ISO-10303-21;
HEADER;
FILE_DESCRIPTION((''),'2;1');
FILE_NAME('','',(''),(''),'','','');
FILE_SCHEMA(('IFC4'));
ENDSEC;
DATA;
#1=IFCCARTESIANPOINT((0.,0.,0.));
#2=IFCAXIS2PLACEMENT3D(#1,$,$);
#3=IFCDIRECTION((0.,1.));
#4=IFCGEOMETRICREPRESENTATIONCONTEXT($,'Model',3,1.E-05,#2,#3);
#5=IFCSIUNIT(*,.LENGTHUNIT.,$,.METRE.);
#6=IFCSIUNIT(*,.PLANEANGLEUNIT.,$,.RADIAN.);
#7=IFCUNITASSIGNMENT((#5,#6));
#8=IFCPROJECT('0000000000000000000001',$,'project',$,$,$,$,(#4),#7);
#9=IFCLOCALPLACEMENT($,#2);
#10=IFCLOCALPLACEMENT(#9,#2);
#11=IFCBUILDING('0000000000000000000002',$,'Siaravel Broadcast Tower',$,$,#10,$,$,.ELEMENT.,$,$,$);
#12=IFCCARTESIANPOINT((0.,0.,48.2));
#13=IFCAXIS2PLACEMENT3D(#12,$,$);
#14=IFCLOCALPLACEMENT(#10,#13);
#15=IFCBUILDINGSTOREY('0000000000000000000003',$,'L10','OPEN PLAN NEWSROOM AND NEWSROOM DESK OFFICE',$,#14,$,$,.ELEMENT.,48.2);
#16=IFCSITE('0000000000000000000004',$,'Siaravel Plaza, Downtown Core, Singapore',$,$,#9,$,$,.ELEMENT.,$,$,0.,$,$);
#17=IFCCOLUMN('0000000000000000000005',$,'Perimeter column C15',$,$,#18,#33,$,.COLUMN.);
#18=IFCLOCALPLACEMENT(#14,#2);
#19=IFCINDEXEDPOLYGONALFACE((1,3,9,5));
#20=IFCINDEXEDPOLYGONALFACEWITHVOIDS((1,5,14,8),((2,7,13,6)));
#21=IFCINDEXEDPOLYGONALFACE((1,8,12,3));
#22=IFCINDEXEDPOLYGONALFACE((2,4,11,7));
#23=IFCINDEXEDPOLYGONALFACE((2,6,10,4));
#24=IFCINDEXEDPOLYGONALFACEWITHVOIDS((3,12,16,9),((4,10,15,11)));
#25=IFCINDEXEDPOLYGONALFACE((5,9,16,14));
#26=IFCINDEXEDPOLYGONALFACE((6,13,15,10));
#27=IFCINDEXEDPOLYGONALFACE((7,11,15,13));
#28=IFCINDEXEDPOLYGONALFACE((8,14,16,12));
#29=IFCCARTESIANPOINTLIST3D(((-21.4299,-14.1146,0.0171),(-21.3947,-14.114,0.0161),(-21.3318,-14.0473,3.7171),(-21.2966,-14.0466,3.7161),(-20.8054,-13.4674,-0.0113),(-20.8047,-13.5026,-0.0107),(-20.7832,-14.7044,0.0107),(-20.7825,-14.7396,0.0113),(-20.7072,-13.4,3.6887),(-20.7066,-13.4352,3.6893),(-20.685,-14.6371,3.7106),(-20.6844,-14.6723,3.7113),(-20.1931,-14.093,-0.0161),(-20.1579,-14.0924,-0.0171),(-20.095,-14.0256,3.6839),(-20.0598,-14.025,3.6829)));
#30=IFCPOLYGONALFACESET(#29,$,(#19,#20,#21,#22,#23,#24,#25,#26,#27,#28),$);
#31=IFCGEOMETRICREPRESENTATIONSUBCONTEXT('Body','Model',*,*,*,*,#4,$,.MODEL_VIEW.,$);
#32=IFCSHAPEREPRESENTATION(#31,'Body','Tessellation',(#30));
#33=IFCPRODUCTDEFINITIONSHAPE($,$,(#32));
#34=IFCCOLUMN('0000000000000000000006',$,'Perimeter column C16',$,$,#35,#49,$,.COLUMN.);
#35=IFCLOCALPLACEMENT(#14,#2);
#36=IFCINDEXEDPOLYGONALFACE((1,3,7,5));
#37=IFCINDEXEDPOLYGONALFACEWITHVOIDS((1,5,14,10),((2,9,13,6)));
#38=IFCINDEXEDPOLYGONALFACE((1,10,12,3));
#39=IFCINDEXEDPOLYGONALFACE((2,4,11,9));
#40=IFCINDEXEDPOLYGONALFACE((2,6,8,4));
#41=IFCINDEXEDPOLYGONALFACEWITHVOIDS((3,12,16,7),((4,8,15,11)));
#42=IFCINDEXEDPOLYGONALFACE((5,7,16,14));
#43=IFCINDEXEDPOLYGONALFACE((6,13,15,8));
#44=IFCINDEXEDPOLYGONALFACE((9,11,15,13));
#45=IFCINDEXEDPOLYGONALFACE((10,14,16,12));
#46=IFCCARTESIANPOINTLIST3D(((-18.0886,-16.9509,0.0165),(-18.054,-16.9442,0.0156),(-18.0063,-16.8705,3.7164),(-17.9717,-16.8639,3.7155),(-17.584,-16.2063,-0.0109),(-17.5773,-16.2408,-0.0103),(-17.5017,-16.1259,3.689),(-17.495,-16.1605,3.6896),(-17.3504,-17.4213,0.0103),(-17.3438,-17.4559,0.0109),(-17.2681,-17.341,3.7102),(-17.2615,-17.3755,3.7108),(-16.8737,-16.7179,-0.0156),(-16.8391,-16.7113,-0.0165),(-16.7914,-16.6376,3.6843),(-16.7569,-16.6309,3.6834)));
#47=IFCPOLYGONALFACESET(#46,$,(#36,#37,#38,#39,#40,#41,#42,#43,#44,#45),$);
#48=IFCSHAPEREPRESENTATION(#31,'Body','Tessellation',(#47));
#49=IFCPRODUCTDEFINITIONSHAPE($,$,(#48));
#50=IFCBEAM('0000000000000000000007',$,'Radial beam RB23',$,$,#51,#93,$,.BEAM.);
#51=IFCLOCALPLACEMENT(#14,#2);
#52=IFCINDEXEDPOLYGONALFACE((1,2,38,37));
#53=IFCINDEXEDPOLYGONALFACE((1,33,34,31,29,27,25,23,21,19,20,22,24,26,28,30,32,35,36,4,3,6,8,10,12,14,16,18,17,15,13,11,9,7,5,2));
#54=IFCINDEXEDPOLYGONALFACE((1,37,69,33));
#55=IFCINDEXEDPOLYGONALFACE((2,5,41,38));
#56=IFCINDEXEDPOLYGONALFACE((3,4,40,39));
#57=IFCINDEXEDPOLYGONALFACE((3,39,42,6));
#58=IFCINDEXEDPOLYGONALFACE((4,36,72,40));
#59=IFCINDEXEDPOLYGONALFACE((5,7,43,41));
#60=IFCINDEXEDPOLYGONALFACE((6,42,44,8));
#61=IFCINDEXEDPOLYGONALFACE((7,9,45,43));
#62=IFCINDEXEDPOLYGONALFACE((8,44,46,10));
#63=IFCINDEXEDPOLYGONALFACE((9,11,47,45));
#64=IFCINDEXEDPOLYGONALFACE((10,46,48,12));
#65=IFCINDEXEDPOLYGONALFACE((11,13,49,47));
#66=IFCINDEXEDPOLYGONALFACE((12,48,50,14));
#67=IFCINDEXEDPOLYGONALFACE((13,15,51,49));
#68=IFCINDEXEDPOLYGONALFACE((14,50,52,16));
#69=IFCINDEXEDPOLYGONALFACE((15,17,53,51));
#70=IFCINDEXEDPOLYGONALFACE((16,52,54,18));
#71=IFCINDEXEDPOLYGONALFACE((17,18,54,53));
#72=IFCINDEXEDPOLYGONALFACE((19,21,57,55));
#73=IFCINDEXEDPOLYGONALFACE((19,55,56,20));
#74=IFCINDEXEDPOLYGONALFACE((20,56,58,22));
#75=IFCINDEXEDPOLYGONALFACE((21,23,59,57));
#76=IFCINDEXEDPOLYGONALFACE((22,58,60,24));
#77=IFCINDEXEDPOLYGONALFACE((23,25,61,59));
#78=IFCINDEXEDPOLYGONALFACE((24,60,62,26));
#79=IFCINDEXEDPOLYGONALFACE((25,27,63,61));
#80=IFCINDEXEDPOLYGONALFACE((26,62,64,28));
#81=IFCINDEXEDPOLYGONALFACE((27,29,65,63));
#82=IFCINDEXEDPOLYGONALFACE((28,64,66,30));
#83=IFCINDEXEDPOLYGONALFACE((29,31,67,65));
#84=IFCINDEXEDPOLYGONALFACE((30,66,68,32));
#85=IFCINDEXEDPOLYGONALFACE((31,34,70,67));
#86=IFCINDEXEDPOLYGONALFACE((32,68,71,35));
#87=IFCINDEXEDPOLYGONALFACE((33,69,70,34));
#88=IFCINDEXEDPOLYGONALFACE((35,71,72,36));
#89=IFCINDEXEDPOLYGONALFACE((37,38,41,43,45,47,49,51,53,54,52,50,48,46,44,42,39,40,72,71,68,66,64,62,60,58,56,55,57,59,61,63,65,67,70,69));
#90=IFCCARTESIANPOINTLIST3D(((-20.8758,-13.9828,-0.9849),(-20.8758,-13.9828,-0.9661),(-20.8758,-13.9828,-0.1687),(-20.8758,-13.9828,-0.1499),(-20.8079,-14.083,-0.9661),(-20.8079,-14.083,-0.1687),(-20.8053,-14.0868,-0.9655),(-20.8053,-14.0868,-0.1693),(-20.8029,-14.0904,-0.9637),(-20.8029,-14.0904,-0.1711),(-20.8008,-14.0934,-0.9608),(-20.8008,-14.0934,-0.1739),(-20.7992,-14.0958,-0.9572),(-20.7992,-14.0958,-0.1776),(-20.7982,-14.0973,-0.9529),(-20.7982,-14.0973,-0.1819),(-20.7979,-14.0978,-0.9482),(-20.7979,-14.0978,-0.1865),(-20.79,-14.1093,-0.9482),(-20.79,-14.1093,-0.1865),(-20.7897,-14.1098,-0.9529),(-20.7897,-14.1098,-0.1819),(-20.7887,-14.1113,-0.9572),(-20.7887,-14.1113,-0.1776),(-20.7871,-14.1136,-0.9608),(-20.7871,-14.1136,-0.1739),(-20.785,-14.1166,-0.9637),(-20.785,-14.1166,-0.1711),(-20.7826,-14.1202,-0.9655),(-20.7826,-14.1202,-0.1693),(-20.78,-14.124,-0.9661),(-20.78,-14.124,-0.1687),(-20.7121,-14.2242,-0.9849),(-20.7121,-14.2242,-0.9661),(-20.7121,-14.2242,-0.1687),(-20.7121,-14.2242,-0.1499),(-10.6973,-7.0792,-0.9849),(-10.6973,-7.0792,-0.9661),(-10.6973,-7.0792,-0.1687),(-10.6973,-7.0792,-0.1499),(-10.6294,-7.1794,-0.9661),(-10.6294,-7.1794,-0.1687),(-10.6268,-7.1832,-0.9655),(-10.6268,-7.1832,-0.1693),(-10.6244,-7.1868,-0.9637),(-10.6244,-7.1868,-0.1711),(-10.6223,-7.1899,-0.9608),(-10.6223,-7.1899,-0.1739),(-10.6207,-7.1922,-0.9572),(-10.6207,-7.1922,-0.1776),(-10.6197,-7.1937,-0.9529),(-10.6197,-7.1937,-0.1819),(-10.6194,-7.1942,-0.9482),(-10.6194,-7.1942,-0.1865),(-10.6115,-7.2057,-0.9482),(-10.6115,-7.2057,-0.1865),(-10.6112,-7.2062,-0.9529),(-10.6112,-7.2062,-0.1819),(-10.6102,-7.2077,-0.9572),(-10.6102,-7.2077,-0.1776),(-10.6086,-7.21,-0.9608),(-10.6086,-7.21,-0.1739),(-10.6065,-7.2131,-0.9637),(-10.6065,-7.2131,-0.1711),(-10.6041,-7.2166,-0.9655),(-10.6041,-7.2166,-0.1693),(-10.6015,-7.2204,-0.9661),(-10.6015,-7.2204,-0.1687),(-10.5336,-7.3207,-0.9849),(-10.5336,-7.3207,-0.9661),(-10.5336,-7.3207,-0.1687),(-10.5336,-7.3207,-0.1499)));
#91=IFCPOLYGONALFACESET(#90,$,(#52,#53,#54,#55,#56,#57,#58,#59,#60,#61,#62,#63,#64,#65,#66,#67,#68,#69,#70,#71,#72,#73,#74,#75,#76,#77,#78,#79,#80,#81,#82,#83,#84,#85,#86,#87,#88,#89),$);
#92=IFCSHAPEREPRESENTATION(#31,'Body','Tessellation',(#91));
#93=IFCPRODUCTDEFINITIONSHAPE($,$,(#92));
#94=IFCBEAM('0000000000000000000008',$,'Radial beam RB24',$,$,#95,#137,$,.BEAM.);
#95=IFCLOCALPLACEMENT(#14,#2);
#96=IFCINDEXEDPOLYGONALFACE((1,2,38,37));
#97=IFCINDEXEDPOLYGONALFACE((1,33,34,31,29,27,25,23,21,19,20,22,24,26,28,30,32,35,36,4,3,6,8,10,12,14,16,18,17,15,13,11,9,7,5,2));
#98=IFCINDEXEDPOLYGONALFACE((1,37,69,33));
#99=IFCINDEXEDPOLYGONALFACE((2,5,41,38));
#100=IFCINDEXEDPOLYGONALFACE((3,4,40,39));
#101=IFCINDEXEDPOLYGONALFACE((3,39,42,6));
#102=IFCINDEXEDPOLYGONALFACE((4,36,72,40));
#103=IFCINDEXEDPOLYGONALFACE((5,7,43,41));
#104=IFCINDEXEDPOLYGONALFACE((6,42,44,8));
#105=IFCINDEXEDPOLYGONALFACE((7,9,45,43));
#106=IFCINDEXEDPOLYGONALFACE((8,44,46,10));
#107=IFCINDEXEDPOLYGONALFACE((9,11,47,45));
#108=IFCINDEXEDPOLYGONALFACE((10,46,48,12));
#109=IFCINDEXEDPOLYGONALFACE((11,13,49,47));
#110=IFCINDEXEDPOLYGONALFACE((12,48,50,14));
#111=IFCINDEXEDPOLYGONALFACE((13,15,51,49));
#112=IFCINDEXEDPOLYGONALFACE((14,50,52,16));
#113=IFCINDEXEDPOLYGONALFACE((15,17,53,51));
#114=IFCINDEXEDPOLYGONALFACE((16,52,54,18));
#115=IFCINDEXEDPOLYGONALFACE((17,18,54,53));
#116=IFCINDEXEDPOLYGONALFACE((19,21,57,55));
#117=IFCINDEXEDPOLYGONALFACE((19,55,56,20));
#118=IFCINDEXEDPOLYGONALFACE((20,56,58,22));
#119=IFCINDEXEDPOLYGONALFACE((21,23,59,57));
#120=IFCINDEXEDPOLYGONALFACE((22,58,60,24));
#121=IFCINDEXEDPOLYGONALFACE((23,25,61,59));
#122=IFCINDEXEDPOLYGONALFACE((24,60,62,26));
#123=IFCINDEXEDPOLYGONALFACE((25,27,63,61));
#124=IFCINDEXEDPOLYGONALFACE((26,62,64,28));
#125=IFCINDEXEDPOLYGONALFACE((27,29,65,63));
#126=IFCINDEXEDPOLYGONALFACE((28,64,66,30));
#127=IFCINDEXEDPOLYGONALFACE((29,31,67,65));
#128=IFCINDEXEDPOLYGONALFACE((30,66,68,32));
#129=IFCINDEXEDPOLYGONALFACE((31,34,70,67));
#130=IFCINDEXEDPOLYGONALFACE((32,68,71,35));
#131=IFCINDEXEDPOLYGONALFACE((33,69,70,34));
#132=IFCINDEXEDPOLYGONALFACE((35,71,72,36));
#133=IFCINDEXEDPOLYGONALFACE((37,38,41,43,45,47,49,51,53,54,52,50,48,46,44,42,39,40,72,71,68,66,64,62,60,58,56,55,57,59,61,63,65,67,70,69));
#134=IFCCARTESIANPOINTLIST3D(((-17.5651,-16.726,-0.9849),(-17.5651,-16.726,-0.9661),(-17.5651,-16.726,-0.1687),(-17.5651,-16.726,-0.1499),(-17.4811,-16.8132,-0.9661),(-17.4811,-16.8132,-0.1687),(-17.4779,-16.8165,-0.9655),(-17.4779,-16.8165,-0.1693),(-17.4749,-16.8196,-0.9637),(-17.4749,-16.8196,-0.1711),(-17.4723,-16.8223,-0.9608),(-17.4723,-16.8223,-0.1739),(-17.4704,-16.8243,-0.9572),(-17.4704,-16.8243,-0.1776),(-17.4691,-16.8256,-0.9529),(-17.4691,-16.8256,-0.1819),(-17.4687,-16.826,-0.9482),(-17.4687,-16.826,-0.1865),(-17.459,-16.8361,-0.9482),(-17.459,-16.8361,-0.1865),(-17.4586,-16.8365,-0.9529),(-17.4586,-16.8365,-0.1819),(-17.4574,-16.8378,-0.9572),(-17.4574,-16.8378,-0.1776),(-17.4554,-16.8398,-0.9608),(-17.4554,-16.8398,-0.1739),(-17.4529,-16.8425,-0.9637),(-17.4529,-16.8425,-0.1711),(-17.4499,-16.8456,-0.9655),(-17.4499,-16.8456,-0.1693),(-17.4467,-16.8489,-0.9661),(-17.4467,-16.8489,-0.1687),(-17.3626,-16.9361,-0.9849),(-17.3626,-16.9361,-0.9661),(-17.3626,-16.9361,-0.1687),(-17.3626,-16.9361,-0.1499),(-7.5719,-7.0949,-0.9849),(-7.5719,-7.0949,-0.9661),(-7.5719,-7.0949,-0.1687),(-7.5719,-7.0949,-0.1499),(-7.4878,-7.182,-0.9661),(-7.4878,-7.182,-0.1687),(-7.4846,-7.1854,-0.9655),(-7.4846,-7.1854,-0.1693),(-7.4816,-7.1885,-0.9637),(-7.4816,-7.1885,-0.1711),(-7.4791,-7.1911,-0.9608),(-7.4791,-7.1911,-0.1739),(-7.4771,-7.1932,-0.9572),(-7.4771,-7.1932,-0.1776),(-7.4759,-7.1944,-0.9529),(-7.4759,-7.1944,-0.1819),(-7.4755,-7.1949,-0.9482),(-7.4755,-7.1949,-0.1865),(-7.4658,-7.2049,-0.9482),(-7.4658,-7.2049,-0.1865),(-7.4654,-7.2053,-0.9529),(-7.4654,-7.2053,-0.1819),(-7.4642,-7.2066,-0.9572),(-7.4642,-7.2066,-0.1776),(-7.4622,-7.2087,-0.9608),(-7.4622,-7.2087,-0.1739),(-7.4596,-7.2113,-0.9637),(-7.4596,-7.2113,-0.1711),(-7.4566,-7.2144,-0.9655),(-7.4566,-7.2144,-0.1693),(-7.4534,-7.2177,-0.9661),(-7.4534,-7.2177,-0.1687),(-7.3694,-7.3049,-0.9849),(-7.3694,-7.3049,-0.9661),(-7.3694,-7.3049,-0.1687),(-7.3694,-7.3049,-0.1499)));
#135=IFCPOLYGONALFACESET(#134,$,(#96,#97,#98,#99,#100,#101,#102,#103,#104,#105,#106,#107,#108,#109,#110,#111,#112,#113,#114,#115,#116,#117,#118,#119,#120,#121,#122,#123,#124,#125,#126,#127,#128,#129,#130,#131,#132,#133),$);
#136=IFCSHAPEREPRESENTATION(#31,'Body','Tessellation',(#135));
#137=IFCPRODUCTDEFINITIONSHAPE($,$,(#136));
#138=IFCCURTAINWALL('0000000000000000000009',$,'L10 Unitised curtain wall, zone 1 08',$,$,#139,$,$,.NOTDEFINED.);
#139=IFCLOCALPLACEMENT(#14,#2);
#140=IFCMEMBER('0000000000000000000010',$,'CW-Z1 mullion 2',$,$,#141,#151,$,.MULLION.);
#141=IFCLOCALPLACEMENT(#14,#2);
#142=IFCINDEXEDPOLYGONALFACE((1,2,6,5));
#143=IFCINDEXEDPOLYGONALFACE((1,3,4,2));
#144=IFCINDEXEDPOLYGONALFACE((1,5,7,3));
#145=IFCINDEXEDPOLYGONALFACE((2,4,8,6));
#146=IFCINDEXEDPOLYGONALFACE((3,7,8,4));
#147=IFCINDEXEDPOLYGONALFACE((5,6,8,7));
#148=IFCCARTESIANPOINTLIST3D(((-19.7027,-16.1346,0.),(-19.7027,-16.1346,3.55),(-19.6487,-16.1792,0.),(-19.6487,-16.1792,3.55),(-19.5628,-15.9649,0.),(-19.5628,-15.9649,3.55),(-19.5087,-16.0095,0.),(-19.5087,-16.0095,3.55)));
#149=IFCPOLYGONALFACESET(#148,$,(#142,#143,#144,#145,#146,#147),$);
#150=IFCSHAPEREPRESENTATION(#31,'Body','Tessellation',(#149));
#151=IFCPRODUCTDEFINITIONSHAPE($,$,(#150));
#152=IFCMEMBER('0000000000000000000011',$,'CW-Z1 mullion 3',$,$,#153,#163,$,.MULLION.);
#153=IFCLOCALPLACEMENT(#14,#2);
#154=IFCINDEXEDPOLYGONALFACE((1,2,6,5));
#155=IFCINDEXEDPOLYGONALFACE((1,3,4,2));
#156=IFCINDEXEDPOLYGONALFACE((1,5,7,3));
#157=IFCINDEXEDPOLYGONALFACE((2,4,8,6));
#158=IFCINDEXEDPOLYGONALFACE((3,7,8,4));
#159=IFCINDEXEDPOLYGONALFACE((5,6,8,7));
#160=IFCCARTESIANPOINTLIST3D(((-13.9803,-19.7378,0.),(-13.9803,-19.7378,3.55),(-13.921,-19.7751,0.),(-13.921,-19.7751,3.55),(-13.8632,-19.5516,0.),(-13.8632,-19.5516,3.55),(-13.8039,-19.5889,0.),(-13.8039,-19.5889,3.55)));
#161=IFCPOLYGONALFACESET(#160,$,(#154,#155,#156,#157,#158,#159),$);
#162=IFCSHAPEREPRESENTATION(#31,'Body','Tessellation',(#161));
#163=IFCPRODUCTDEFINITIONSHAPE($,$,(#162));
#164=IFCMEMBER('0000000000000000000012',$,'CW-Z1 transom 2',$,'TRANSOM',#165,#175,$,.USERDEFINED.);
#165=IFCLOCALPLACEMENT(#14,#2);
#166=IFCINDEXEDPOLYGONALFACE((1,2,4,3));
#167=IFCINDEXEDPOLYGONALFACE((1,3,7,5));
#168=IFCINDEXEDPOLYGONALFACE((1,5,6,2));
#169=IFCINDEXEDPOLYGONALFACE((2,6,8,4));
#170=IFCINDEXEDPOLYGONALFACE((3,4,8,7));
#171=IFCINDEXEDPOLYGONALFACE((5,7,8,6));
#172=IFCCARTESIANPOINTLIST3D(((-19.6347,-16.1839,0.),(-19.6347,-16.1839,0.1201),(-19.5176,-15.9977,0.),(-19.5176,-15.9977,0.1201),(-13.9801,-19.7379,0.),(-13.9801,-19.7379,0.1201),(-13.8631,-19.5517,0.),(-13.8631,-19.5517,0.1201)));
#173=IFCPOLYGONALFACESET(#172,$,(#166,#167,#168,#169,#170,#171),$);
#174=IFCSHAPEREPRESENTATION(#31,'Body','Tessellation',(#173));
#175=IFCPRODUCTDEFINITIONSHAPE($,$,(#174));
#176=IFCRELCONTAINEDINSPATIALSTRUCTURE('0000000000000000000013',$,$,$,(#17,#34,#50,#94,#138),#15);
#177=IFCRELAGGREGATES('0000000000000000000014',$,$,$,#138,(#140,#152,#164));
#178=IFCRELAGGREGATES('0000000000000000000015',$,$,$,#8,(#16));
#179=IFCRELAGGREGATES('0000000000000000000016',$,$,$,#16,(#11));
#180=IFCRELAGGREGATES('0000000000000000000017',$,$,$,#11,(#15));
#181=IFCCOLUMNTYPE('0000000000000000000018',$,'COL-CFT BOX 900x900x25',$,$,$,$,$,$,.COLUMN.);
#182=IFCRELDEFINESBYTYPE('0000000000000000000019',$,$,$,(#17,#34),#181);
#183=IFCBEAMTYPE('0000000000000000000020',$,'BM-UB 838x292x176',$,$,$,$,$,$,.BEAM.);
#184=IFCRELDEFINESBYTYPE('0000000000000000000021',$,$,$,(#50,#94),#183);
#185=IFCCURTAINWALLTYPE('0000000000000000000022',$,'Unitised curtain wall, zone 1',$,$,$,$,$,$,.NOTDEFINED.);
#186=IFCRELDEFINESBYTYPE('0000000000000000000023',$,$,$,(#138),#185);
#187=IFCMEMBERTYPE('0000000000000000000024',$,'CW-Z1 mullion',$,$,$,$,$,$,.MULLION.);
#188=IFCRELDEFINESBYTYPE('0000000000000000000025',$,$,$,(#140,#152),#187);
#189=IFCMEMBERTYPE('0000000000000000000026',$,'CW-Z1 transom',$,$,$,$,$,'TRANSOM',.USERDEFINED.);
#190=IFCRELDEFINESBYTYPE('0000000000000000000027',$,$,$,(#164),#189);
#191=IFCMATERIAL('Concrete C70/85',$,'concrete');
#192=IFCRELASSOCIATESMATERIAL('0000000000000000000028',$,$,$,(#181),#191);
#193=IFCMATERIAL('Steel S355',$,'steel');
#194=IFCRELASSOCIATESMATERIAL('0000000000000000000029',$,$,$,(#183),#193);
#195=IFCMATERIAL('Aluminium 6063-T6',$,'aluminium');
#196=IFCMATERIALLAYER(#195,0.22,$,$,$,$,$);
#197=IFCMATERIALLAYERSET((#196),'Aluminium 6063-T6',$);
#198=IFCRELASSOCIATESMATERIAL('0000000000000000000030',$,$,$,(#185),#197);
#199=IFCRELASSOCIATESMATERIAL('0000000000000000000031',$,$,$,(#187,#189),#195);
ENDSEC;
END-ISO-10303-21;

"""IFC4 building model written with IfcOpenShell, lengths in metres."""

from ifc_helpers import new_model, si_unit, direction, frame, origin, origin_2d, place, context, subcontext, project, spatial, rectangle, hollow_rectangle, i_section, extrude, material, layer, layer_set, material_profile, profile_set, type_object, element, aggregate, save


model = new_model("IFC4")

# Units and contexts
model_context = context("Model", 3, precision=1e-05, world=origin(), true_north=direction((0.0, 1.0)))
body_context = subcontext(model_context, "Body", "Model", "MODEL_VIEW")
ifc_project = project(units=[si_unit("LENGTHUNIT", "METRE"), si_unit("PLANEANGLEUNIT", "RADIAN")], contexts=[model_context])

# Site, building, storey
site_placement = place(None, origin())
site = spatial("IfcSite", under=ifc_project, at=site_placement, Name="Siaravel Plaza, Downtown Core, Singapore", CompositionType="ELEMENT", RefElevation=0.0)
building_placement = place(site_placement, origin())
building = spatial("IfcBuilding", under=site, at=building_placement, Name="Siaravel Broadcast Tower", CompositionType="ELEMENT")
storey_placement = place(building_placement, frame((0.0, 0.0, 48.2)))
storey = spatial("IfcBuildingStorey", under=building, at=storey_placement, Name="L10", Description="OPEN PLAN NEWSROOM AND NEWSROOM DESK OFFICE", CompositionType="ELEMENT", Elevation=48.2)

# Columns
ifc_material_1 = material(Name="Concrete C70/85", Category="concrete")
ifc_material_profile_1 = material_profile(ifc_material_1, hollow_rectangle(XDim=0.8999, YDim=0.8999, WallThickness=0.0249, at=origin_2d()))
ifc_profile_set_1 = profile_set([ifc_material_profile_1], Name="Concrete C70/85")
column_type = type_object("IfcColumnType", Name="COL-CFT BOX 900x900x25", PredefinedType="COLUMN", material=ifc_profile_set_1)
column_1_placement = place(storey_placement, frame((-20.7939, -14.1035, 0.0), z_axis=(0.026512, 0.018202, 0.999483), x_axis=(-0.719439, 0.694526, 0.006435)))
element("IfcColumn", 1, at=column_1_placement, inside=storey, type_object=column_type, Name="Perimeter column C15", PredefinedType="COLUMN", context=body_context, shape_type="SweptSolid", body=[
    extrude(hollow_rectangle(XDim=0.8999, YDim=0.8999, WallThickness=0.0249, at=origin_2d()), origin(), (0.0, 0.0, 1.0), 3.7019),
])
column_2_placement = place(storey_placement, frame((-17.4639, -16.8311, 0.0), z_axis=(0.022226, 0.021699, 0.999517), x_axis=(-0.827676, 0.561172, 0.006222)))
element("IfcColumn", 2, at=column_2_placement, inside=storey, type_object=column_type, Name="Perimeter column C16", PredefinedType="COLUMN", context=body_context, shape_type="SweptSolid", body=[
    extrude(hollow_rectangle(XDim=0.8999, YDim=0.8999, WallThickness=0.0249, at=origin_2d()), origin(), (0.0, 0.0, 1.0), 3.7017),
])

# Beams
ifc_material_2 = material(Name="Steel S355", Category="steel")
ifc_material_profile_2 = material_profile(ifc_material_2, i_section(OverallWidth=0.2917, OverallDepth=0.835, WebThickness=0.0139, FlangeThickness=0.0188, FilletRadius=0.0178, at=origin_2d()))
ifc_profile_set_2 = profile_set([ifc_material_profile_2], Name="Steel S355")
beam_type = type_object("IfcBeamType", Name="BM-UB 838x292x176", PredefinedType="BEAM", material=ifc_profile_set_2)
beam_1_placement = place(storey_placement, frame((-20.7939, -14.1035, -0.5674), z_axis=(0.827599, 0.56132, 0.0), x_axis=(-0.56132, 0.827599, 0.0)))
element("IfcBeam", 3, at=beam_1_placement, inside=storey, type_object=beam_type, Name="Radial beam RB23", PredefinedType="BEAM", context=body_context, shape_type="SweptSolid", body=[
    extrude(i_section(OverallWidth=0.2917, OverallDepth=0.835, WebThickness=0.0139, FlangeThickness=0.0188, FilletRadius=0.0178, at=origin_2d()), origin(), (0.0, 0.0, 1.0), 12.2988),
])
beam_2_placement = place(storey_placement, frame((-17.4639, -16.8311, -0.5674), z_axis=(0.72003, 0.693943, 0.0), x_axis=(-0.693943, 0.72003, 0.0)))
element("IfcBeam", 4, at=beam_2_placement, inside=storey, type_object=beam_type, Name="Radial beam RB24", PredefinedType="BEAM", context=body_context, shape_type="SweptSolid", body=[
    extrude(i_section(OverallWidth=0.2917, OverallDepth=0.835, WebThickness=0.0139, FlangeThickness=0.0188, FilletRadius=0.0178, at=origin_2d()), origin(), (0.0, 0.0, 1.0), 13.8789),
])

# Curtain wall, members
ifc_material_3 = material(Name="Aluminium 6063-T6", Category="aluminium")
ifc_layer_1 = layer(ifc_material_3, 0.22)
ifc_layer_set_1 = layer_set([ifc_layer_1], Name="Aluminium 6063-T6")
curtain_wall_type = type_object("IfcCurtainWallType", Name="Unitised curtain wall, zone 1", PredefinedType="NOTDEFINED", material=ifc_layer_set_1)
curtain_wall_placement = place(storey_placement, origin())
curtain_wall = element("IfcCurtainWall", 5, at=curtain_wall_placement, inside=storey, type_object=curtain_wall_type, Name="L10 Unitised curtain wall, zone 1 08", PredefinedType="NOTDEFINED")
ifc_material_profile_3 = material_profile(ifc_material_3, rectangle(XDim=0.22, YDim=0.0701, at=origin_2d()))
ifc_profile_set_3 = profile_set([ifc_material_profile_3], Name="Aluminium 6063-T6")
member_type_1 = type_object("IfcMemberType", Name="CW-Z1 mullion", PredefinedType="MULLION", material=ifc_profile_set_3)
member_1_placement = place(storey_placement, frame((-19.6057, -16.072, 0.0), z_axis=(0.0, 0.0, 1.0), x_axis=(0.636219, 0.771509, 0.0)))
member_1 = element("IfcMember", 6, at=member_1_placement, type_object=member_type_1, Name="CW-Z1 mullion 2", PredefinedType="MULLION", context=body_context, shape_type="SweptSolid", body=[
    extrude(rectangle(XDim=0.22, YDim=0.0701, at=origin_2d()), origin(), (0.0, 0.0, 1.0), 3.55),
])
member_2_placement = place(storey_placement, frame((-13.8921, -19.6633, 0.0), z_axis=(0.0, 0.0, 1.0), x_axis=(0.532149, 0.846651, 0.0)))
member_2 = element("IfcMember", 7, at=member_2_placement, type_object=member_type_1, Name="CW-Z1 mullion 3", PredefinedType="MULLION", context=body_context, shape_type="SweptSolid", body=[
    extrude(rectangle(XDim=0.22, YDim=0.0701, at=origin_2d()), origin(), (0.0, 0.0, 1.0), 3.55),
])
ifc_material_profile_4 = material_profile(ifc_material_3, rectangle(XDim=0.22, YDim=0.1201, at=origin_2d()))
ifc_profile_set_4 = profile_set([ifc_material_profile_4], Name="Aluminium 6063-T6")
member_type_2 = type_object("IfcMemberType", Name="CW-Z1 transom", ElementType="TRANSOM", PredefinedType="USERDEFINED", material=ifc_profile_set_4)
member_3_placement = place(storey_placement, frame((-19.5762, -16.0908, 0.0601), z_axis=(0.846659, -0.532136, 0.0), x_axis=(0.532136, 0.846659, 0.0)))
member_3 = element("IfcMember", 8, at=member_3_placement, type_object=member_type_2, Name="CW-Z1 transom 2", ObjectType="TRANSOM", PredefinedType="USERDEFINED", context=body_context, shape_type="SweptSolid", body=[
    extrude(rectangle(XDim=0.22, YDim=0.1201, at=origin_2d()), origin(), (0.0, 0.0, 1.0), 6.6787),
])

aggregate(curtain_wall, [member_1, member_2, member_3])

save(model, "model.ifc")
